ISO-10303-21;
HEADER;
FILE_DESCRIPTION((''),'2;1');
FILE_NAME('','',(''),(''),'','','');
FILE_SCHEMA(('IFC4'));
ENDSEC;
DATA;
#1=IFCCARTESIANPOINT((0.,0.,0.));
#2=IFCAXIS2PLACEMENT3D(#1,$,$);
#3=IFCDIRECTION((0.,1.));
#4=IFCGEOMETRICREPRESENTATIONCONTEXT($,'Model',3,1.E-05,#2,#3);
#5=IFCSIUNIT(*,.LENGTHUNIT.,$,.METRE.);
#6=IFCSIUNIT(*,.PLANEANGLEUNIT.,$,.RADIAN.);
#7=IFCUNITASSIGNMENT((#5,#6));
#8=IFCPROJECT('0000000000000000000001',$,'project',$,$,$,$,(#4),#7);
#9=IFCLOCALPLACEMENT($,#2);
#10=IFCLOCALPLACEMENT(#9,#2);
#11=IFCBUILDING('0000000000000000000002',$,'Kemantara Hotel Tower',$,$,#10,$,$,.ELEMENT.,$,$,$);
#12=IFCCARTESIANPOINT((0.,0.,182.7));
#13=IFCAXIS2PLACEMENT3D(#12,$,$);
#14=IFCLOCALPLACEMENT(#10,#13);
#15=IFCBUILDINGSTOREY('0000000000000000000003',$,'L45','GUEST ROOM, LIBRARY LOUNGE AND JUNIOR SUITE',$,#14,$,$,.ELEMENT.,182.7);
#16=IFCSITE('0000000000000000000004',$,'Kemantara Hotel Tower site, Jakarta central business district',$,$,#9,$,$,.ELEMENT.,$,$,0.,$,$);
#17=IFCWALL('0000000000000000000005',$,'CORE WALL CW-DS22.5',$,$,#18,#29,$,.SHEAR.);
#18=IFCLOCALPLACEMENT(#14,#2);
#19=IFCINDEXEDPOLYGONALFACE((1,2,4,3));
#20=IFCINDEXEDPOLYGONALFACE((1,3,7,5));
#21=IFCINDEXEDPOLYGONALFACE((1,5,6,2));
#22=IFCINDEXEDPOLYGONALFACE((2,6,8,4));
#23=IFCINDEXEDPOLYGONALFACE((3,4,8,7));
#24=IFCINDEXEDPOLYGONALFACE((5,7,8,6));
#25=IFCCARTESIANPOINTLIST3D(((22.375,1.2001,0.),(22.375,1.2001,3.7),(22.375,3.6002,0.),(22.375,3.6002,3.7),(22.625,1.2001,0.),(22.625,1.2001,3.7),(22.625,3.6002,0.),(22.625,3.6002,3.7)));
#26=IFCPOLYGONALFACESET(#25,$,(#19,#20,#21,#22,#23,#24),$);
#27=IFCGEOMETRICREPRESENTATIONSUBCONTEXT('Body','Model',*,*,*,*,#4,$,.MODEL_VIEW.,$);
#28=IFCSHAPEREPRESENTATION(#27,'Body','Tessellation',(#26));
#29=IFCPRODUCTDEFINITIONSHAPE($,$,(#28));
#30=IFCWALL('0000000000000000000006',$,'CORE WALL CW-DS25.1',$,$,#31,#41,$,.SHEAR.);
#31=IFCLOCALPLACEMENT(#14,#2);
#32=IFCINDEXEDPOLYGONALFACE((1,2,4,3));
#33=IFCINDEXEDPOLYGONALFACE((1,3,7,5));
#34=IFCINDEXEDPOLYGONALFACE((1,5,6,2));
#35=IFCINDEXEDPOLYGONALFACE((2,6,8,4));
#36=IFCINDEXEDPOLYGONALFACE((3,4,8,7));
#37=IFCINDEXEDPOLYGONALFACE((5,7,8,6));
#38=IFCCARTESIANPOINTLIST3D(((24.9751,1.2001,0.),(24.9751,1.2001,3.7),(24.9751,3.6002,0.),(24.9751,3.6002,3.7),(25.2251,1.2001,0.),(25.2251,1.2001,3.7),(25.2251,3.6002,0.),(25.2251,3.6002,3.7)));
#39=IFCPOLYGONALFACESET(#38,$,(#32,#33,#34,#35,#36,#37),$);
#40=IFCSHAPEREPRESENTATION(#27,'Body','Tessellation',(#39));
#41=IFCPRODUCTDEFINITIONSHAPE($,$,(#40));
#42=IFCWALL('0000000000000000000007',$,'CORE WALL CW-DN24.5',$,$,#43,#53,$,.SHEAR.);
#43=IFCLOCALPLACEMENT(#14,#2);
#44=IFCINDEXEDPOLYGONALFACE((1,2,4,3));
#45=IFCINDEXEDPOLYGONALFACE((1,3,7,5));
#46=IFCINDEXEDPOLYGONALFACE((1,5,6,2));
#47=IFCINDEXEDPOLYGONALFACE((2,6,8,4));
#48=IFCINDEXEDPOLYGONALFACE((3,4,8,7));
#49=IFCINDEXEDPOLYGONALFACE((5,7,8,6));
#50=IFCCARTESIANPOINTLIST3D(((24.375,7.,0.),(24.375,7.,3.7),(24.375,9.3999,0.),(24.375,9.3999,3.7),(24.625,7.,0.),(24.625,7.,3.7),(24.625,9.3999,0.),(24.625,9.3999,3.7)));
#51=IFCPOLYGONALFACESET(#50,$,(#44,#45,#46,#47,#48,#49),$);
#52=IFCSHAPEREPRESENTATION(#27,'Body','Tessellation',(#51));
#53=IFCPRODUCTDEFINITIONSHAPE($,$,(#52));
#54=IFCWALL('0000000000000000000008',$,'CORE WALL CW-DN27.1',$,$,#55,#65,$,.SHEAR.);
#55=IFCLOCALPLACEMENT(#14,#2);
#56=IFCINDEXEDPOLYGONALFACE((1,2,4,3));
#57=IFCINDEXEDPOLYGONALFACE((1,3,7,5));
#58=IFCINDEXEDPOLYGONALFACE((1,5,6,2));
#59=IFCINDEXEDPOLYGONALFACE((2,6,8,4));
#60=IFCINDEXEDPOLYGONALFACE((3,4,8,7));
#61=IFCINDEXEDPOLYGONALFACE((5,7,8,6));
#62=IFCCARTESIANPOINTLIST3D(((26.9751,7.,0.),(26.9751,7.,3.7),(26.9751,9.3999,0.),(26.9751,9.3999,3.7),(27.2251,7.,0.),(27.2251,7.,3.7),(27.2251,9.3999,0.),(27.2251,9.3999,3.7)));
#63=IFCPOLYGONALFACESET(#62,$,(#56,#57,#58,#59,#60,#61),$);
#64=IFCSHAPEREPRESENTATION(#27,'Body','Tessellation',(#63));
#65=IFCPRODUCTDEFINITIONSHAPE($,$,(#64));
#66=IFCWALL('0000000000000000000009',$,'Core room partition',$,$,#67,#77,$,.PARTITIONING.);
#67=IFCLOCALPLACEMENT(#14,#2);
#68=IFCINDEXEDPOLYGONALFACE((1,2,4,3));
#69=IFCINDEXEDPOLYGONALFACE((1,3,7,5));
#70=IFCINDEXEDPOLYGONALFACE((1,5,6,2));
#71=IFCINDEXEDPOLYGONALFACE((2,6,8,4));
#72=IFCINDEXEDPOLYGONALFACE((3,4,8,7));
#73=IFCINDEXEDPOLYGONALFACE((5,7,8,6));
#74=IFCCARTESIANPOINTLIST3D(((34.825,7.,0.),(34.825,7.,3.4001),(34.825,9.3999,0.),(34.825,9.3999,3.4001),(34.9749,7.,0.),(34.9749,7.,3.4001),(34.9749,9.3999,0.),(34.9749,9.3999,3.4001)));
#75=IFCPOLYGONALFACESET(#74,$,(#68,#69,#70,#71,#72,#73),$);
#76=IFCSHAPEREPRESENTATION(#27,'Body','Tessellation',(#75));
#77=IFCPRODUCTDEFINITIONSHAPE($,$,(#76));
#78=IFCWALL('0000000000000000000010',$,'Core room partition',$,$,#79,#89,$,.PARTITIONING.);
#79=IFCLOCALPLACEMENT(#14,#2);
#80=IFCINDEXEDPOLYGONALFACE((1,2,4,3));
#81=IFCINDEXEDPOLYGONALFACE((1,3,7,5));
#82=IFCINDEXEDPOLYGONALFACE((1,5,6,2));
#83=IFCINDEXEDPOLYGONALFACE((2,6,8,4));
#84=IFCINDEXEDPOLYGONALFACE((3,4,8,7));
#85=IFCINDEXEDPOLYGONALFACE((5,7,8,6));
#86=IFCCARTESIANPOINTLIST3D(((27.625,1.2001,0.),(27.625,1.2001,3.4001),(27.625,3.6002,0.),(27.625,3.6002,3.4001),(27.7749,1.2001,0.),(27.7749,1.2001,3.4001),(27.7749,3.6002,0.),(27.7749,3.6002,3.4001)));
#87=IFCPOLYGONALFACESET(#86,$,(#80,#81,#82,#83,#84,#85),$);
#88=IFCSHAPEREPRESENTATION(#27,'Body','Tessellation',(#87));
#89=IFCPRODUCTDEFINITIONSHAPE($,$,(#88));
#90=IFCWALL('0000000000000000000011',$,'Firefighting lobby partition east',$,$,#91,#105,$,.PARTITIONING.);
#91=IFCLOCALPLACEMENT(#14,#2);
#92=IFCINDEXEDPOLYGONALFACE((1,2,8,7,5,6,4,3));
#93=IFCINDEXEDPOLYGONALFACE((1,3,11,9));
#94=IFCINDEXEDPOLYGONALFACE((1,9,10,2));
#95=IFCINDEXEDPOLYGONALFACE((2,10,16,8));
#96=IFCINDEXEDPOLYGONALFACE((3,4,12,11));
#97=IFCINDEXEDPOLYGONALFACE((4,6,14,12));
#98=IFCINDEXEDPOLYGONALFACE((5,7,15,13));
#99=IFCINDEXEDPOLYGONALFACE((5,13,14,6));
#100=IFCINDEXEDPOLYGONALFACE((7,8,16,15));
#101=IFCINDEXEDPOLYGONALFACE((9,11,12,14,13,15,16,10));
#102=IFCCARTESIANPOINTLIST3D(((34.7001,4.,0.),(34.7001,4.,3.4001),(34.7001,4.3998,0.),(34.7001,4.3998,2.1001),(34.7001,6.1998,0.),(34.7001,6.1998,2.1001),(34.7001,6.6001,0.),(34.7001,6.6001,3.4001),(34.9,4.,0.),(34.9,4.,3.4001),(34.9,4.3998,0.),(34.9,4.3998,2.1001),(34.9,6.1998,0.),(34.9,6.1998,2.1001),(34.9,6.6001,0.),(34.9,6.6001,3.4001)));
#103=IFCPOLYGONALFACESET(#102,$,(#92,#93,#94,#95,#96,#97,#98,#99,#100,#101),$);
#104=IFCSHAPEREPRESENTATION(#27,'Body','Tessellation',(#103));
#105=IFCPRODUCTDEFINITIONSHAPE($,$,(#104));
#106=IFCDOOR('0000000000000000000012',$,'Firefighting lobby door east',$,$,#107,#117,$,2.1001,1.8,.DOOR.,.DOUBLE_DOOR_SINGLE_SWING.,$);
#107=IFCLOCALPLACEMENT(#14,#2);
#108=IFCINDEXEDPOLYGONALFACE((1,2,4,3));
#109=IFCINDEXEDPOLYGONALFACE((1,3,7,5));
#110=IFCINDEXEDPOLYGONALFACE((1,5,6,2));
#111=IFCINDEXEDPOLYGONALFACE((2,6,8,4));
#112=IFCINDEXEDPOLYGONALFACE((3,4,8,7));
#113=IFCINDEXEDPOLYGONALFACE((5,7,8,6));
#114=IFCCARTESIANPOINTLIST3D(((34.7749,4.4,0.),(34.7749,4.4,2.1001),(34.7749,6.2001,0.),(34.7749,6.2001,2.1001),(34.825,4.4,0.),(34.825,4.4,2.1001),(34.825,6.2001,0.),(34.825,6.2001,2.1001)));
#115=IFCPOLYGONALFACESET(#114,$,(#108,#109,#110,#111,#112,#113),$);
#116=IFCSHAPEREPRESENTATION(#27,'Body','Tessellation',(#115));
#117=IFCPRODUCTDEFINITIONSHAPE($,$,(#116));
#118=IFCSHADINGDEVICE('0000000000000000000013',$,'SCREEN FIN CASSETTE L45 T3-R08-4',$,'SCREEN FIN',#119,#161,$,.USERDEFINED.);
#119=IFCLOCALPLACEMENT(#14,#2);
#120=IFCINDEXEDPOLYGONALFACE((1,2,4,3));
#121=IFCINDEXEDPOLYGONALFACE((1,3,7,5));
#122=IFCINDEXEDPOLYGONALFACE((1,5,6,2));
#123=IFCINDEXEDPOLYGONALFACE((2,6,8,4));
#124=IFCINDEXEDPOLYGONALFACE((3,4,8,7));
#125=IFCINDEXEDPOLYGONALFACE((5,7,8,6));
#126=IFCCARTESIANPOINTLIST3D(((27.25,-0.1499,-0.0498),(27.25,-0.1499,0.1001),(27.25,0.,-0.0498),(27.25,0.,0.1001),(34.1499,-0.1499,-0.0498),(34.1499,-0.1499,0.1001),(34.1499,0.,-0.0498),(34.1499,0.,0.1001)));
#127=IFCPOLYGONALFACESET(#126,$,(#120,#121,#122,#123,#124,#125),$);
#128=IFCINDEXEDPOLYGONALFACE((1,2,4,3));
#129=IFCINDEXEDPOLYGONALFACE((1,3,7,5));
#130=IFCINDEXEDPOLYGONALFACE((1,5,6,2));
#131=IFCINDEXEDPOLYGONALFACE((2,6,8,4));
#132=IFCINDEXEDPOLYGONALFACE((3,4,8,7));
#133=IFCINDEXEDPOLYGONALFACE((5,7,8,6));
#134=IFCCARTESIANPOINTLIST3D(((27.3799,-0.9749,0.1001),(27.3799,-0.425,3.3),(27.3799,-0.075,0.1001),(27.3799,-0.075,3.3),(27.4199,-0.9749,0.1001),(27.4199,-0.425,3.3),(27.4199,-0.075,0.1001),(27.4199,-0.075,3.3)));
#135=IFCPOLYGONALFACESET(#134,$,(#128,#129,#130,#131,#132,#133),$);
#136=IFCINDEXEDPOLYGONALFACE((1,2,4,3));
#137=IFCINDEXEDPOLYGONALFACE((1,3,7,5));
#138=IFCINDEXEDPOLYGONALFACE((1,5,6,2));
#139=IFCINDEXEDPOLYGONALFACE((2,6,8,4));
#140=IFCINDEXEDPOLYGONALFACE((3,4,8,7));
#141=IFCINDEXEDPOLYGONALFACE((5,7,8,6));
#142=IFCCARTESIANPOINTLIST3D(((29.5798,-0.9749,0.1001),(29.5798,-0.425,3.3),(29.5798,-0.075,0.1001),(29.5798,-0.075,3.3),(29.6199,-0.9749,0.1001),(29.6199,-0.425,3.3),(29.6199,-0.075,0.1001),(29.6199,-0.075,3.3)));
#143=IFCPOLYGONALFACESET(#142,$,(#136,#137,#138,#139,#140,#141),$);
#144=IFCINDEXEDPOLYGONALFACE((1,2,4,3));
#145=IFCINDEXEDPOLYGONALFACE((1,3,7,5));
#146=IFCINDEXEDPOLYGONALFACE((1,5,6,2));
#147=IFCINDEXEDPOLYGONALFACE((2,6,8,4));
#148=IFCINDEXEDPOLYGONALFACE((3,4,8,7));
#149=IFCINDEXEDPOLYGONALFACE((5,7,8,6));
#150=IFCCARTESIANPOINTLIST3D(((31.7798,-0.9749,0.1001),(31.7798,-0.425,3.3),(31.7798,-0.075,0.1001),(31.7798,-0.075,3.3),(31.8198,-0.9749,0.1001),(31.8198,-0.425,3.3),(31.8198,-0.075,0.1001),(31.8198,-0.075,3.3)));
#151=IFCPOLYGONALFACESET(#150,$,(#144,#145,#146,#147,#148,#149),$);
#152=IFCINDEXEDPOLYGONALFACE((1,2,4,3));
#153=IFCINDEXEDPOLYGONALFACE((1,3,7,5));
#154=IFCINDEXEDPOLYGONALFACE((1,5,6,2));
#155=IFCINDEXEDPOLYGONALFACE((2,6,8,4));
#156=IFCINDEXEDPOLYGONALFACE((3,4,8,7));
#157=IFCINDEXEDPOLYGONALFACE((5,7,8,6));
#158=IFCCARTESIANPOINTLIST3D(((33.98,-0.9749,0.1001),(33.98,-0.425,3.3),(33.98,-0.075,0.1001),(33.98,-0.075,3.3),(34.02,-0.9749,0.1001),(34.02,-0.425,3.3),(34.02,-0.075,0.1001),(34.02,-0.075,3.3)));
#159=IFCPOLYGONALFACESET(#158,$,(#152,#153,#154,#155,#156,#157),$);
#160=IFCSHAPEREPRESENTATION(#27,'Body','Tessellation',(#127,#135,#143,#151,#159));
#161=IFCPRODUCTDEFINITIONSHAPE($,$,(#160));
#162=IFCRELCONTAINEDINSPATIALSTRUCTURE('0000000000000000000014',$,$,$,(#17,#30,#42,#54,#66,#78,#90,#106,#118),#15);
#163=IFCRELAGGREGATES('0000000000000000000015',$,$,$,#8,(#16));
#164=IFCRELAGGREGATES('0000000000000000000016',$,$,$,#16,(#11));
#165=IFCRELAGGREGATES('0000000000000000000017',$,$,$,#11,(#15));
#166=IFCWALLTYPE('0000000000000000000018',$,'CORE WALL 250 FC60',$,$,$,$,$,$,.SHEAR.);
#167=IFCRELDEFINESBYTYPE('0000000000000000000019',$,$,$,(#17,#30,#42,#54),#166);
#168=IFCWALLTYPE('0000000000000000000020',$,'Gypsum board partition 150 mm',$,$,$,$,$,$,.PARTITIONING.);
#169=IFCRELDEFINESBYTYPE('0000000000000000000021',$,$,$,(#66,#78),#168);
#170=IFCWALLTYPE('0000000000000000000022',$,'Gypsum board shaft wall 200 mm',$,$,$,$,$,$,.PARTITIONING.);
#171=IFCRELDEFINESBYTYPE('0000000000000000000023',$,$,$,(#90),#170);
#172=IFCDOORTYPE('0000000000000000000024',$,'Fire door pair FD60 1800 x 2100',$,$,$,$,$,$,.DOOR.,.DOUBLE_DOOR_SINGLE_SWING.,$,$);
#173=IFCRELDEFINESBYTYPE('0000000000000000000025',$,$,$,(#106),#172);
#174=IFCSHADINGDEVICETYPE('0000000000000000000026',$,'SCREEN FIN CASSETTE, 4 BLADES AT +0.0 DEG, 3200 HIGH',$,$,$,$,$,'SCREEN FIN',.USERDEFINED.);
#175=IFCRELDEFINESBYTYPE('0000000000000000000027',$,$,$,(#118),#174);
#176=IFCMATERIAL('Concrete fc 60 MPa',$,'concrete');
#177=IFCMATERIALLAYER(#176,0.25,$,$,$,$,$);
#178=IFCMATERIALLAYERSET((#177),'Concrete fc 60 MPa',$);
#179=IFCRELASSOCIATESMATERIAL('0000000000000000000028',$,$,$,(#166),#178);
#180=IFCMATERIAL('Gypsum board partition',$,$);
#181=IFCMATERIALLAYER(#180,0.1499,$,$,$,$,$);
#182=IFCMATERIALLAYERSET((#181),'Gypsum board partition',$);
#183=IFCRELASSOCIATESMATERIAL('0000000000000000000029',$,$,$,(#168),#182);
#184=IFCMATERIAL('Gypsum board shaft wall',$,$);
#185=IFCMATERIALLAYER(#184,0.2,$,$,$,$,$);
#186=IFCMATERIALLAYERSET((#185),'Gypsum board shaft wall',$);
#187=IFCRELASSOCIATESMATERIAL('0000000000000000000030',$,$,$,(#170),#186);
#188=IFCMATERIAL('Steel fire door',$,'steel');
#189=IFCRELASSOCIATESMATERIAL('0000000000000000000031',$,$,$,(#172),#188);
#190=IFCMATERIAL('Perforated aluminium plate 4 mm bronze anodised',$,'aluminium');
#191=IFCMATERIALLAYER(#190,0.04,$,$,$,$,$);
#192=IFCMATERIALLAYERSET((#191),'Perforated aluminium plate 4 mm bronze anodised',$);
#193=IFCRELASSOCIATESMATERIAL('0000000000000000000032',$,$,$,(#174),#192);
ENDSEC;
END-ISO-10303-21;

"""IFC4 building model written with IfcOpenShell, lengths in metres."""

from ifc_helpers import new_model, si_unit, direction, frame, frame_2d, origin, origin_2d, place, context, subcontext, project, spatial, polyline, rectangle, outline, extrude, source, transform, mapped, material, layer, layer_set, type_object, element, fill, save


model = new_model("IFC4")

# Units and contexts
model_context = context("Model", 3, precision=1e-05, world=origin(), true_north=direction((0.0, 1.0)))
body_context = subcontext(model_context, "Body", "Model", "MODEL_VIEW")
ifc_project = project(units=[si_unit("LENGTHUNIT", "METRE"), si_unit("PLANEANGLEUNIT", "RADIAN")], contexts=[model_context])

# Site, building, storey
site_placement = place(None, origin())
site = spatial("IfcSite", under=ifc_project, at=site_placement, Name="Kemantara Hotel Tower site, Jakarta central business district", CompositionType="ELEMENT", RefElevation=0.0)
building_placement = place(site_placement, origin())
building = spatial("IfcBuilding", under=site, at=building_placement, Name="Kemantara Hotel Tower", CompositionType="ELEMENT")
storey_placement = place(building_placement, frame((0.0, 0.0, 182.7)))
storey = spatial("IfcBuildingStorey", under=building, at=storey_placement, Name="L45", Description="GUEST ROOM, LIBRARY LOUNGE AND JUNIOR SUITE", CompositionType="ELEMENT", Elevation=182.7)

# Walls
ifc_material_1 = material(Name="Concrete fc 60 MPa", Category="concrete")
ifc_layer_1 = layer(ifc_material_1, 0.25)
ifc_layer_set_1 = layer_set([ifc_layer_1], Name="Concrete fc 60 MPa")
wall_type_1 = type_object("IfcWallType", Name="CORE WALL 250 FC60", PredefinedType="SHEAR", material=ifc_layer_set_1)
for number, where, z_axis, x_axis, name in (
    (1, (22.5, 1.2, 0.0), (0.0, 0.0, 1.0), (0.0, 1.0, 0.0), "CORE WALL CW-DS22.5"),
    (2, (25.1001, 1.2, 0.0), (0.0, 0.0, 1.0), (0.0, 1.0, 0.0), "CORE WALL CW-DS25.1"),
):
    element("IfcWall", number, at=place(storey_placement, frame(where, z_axis=z_axis, x_axis=x_axis)), inside=storey, type_object=wall_type_1, Name=name, PredefinedType="SHEAR", context=body_context, shape_type="SweptSolid", body=[
        extrude(rectangle(XDim=2.4001, YDim=0.25, at=frame_2d((1.2002, 0.0))), origin(), (0.0, 0.0, 1.0), 3.7),
    ])
for number, where, z_axis, x_axis, name in (
    (3, (24.5, 7.0, 0.0), (0.0, 0.0, 1.0), (0.0, 1.0, 0.0), "CORE WALL CW-DN24.5"),
    (4, (27.1001, 7.0, 0.0), (0.0, 0.0, 1.0), (0.0, 1.0, 0.0), "CORE WALL CW-DN27.1"),
):
    element("IfcWall", number, at=place(storey_placement, frame(where, z_axis=z_axis, x_axis=x_axis)), inside=storey, type_object=wall_type_1, Name=name, PredefinedType="SHEAR", context=body_context, shape_type="SweptSolid", body=[
        extrude(rectangle(XDim=2.3999, YDim=0.25, at=frame_2d((1.2, 0.0))), origin(), (0.0, 0.0, 1.0), 3.7),
    ])
ifc_material_2 = material(Name="Gypsum board partition")
ifc_layer_2 = layer(ifc_material_2, 0.1499)
ifc_layer_set_2 = layer_set([ifc_layer_2], Name="Gypsum board partition")
wall_type_2 = type_object("IfcWallType", Name="Gypsum board partition 150 mm", PredefinedType="PARTITIONING", material=ifc_layer_set_2)
wall_1_placement = place(storey_placement, frame((34.8999, 7.0, 0.0), z_axis=(0.0, 0.0, 1.0), x_axis=(0.0, 1.0, 0.0)))
element("IfcWall", 5, at=wall_1_placement, inside=storey, type_object=wall_type_2, Name="Core room partition", PredefinedType="PARTITIONING", context=body_context, shape_type="SweptSolid", body=[
    extrude(rectangle(XDim=2.3999, YDim=0.1499, at=frame_2d((1.2, 0.0))), origin(), (0.0, 0.0, 1.0), 3.4001),
])
wall_2_placement = place(storey_placement, frame((27.7, 1.2, 0.0), z_axis=(0.0, 0.0, 1.0), x_axis=(0.0, 1.0, 0.0)))
element("IfcWall", 6, at=wall_2_placement, inside=storey, type_object=wall_type_2, Name="Core room partition", PredefinedType="PARTITIONING", context=body_context, shape_type="SweptSolid", body=[
    extrude(rectangle(XDim=2.4001, YDim=0.1499, at=frame_2d((1.2002, 0.0))), origin(), (0.0, 0.0, 1.0), 3.4001),
])

# Wall, opening, door
ifc_material_3 = material(Name="Gypsum board shaft wall")
ifc_layer_3 = layer(ifc_material_3, 0.2)
ifc_layer_set_3 = layer_set([ifc_layer_3], Name="Gypsum board shaft wall")
wall_type_3 = type_object("IfcWallType", Name="Gypsum board shaft wall 200 mm", PredefinedType="PARTITIONING", material=ifc_layer_set_3)
wall_3_placement = place(storey_placement, frame((34.8, 4.0, 0.0), z_axis=(0.0, 0.0, 1.0), x_axis=(0.0, 1.0, 0.0)))
wall_3 = element("IfcWall", 7, at=wall_3_placement, inside=storey, type_object=wall_type_3, Name="Firefighting lobby partition east", PredefinedType="PARTITIONING", context=body_context, shape_type="SweptSolid", body=[
    extrude(rectangle(XDim=2.6001, YDim=0.2, at=frame_2d((1.3, 0.0))), origin(), (0.0, 0.0, 1.0), 3.4001),
])
opening_placement = place(wall_3_placement, frame((0.3999, 0.0, 0.0)))
opening = element("IfcOpeningElement", 8, at=opening_placement, cuts=wall_3, PredefinedType="OPENING", context=body_context, shape_type="SweptSolid", body=[
    extrude(rectangle(XDim=1.8, YDim=2.1001, at=frame_2d((0.8999, 1.05))), frame((0.0, 0.1099, 0.0), z_axis=(0.0, -1.0, 0.0), x_axis=(1.0, 0.0, 0.0)), (0.0, 0.0, 1.0), 0.22),
])
ifc_material_4 = material(Name="Steel fire door", Category="steel")
door_type = type_object("IfcDoorType", Name="Fire door pair FD60 1800 x 2100", OperationType="DOUBLE_DOOR_SINGLE_SWING", PredefinedType="DOOR", material=ifc_material_4)
door_placement = place(opening_placement, frame((1.8, 0.0, 0.0), z_axis=(0.0, 0.0, 1.0), x_axis=(-1.0, 0.0, 0.0)))
door = element("IfcDoor", 9, at=door_placement, inside=storey, type_object=door_type, Name="Firefighting lobby door east", OperationType="DOUBLE_DOOR_SINGLE_SWING", OverallHeight=2.1001, OverallWidth=1.8, PredefinedType="DOOR", context=body_context, shape_type="SweptSolid", body=[
    extrude(rectangle(XDim=1.8, YDim=2.1001, at=frame_2d((0.8999, 1.05))), frame((0.0, 0.0249, 0.0), z_axis=(0.0, -1.0, 0.0), x_axis=(1.0, 0.0, 0.0)), (0.0, 0.0, 1.0), 0.05),
])
fill(opening, door)

# Shading device
ifc_material_5 = material(Name="Perforated aluminium plate 4 mm bronze anodised", Category="aluminium")
ifc_layer_4 = layer(ifc_material_5, 0.04)
ifc_layer_set_4 = layer_set([ifc_layer_4], Name="Perforated aluminium plate 4 mm bronze anodised")
shading_device_type_1 = type_object("IfcShadingDeviceType", Name="SCREEN FIN CASSETTE, 4 BLADES AT +0.0 DEG, 3200 HIGH", ElementType="SCREEN FIN", PredefinedType="USERDEFINED", material=ifc_layer_set_4)
shared_shape_1 = source(origin(), body_context, "Body", "SweptSolid", [
    extrude(rectangle(XDim=6.8999, YDim=0.1499, at=origin_2d()), frame((3.3, -0.075, -0.1499), z_axis=(0.0, 0.0, 1.0), x_axis=(1.0, 0.0, 0.0)), (0.0, 0.0, 1.0), 0.1499),
    extrude(outline(polyline([(0.0, 0.0), (0.8999, 0.0), (0.3501, 3.2), (0.0, 3.2), (0.0, 0.0)])), frame((0.02, -0.075, 0.0), z_axis=(-1.0, 0.0, 0.0), x_axis=(0.0, -1.0, 0.0)), (0.0, 0.0, 1.0), 0.04),
    extrude(outline(polyline([(0.0, 0.0), (0.8999, 0.0), (0.3501, 3.2), (0.0, 3.2), (0.0, 0.0)])), frame((2.22, -0.075, 0.0), z_axis=(-1.0, 0.0, 0.0), x_axis=(0.0, -1.0, 0.0)), (0.0, 0.0, 1.0), 0.04),
    extrude(outline(polyline([(0.0, 0.0), (0.8999, 0.0), (0.3501, 3.2), (0.0, 3.2), (0.0, 0.0)])), frame((4.4199, -0.075, 0.0), z_axis=(-1.0, 0.0, 0.0), x_axis=(0.0, -1.0, 0.0)), (0.0, 0.0, 1.0), 0.04),
    extrude(outline(polyline([(0.0, 0.0), (0.8999, 0.0), (0.3501, 3.2), (0.0, 3.2), (0.0, 0.0)])), frame((6.6201, -0.075, 0.0), z_axis=(-1.0, 0.0, 0.0), x_axis=(0.0, -1.0, 0.0)), (0.0, 0.0, 1.0), 0.04),
])
shading_device_1_placement = place(storey_placement, frame((27.3999, 0.0, 0.1001), z_axis=(0.0, 0.0, 1.0), x_axis=(1.0, 0.0, 0.0)))
element("IfcShadingDevice", 10, at=shading_device_1_placement, inside=storey, type_object=shading_device_type_1, Name="SCREEN FIN CASSETTE L45 T3-R08-4", ObjectType="SCREEN FIN", PredefinedType="USERDEFINED", context=body_context, shape_type="MappedRepresentation", body=[
    mapped(shared_shape_1, transform((0.0, 0.0, 0.0))),
])

save(model, "model.ifc")
